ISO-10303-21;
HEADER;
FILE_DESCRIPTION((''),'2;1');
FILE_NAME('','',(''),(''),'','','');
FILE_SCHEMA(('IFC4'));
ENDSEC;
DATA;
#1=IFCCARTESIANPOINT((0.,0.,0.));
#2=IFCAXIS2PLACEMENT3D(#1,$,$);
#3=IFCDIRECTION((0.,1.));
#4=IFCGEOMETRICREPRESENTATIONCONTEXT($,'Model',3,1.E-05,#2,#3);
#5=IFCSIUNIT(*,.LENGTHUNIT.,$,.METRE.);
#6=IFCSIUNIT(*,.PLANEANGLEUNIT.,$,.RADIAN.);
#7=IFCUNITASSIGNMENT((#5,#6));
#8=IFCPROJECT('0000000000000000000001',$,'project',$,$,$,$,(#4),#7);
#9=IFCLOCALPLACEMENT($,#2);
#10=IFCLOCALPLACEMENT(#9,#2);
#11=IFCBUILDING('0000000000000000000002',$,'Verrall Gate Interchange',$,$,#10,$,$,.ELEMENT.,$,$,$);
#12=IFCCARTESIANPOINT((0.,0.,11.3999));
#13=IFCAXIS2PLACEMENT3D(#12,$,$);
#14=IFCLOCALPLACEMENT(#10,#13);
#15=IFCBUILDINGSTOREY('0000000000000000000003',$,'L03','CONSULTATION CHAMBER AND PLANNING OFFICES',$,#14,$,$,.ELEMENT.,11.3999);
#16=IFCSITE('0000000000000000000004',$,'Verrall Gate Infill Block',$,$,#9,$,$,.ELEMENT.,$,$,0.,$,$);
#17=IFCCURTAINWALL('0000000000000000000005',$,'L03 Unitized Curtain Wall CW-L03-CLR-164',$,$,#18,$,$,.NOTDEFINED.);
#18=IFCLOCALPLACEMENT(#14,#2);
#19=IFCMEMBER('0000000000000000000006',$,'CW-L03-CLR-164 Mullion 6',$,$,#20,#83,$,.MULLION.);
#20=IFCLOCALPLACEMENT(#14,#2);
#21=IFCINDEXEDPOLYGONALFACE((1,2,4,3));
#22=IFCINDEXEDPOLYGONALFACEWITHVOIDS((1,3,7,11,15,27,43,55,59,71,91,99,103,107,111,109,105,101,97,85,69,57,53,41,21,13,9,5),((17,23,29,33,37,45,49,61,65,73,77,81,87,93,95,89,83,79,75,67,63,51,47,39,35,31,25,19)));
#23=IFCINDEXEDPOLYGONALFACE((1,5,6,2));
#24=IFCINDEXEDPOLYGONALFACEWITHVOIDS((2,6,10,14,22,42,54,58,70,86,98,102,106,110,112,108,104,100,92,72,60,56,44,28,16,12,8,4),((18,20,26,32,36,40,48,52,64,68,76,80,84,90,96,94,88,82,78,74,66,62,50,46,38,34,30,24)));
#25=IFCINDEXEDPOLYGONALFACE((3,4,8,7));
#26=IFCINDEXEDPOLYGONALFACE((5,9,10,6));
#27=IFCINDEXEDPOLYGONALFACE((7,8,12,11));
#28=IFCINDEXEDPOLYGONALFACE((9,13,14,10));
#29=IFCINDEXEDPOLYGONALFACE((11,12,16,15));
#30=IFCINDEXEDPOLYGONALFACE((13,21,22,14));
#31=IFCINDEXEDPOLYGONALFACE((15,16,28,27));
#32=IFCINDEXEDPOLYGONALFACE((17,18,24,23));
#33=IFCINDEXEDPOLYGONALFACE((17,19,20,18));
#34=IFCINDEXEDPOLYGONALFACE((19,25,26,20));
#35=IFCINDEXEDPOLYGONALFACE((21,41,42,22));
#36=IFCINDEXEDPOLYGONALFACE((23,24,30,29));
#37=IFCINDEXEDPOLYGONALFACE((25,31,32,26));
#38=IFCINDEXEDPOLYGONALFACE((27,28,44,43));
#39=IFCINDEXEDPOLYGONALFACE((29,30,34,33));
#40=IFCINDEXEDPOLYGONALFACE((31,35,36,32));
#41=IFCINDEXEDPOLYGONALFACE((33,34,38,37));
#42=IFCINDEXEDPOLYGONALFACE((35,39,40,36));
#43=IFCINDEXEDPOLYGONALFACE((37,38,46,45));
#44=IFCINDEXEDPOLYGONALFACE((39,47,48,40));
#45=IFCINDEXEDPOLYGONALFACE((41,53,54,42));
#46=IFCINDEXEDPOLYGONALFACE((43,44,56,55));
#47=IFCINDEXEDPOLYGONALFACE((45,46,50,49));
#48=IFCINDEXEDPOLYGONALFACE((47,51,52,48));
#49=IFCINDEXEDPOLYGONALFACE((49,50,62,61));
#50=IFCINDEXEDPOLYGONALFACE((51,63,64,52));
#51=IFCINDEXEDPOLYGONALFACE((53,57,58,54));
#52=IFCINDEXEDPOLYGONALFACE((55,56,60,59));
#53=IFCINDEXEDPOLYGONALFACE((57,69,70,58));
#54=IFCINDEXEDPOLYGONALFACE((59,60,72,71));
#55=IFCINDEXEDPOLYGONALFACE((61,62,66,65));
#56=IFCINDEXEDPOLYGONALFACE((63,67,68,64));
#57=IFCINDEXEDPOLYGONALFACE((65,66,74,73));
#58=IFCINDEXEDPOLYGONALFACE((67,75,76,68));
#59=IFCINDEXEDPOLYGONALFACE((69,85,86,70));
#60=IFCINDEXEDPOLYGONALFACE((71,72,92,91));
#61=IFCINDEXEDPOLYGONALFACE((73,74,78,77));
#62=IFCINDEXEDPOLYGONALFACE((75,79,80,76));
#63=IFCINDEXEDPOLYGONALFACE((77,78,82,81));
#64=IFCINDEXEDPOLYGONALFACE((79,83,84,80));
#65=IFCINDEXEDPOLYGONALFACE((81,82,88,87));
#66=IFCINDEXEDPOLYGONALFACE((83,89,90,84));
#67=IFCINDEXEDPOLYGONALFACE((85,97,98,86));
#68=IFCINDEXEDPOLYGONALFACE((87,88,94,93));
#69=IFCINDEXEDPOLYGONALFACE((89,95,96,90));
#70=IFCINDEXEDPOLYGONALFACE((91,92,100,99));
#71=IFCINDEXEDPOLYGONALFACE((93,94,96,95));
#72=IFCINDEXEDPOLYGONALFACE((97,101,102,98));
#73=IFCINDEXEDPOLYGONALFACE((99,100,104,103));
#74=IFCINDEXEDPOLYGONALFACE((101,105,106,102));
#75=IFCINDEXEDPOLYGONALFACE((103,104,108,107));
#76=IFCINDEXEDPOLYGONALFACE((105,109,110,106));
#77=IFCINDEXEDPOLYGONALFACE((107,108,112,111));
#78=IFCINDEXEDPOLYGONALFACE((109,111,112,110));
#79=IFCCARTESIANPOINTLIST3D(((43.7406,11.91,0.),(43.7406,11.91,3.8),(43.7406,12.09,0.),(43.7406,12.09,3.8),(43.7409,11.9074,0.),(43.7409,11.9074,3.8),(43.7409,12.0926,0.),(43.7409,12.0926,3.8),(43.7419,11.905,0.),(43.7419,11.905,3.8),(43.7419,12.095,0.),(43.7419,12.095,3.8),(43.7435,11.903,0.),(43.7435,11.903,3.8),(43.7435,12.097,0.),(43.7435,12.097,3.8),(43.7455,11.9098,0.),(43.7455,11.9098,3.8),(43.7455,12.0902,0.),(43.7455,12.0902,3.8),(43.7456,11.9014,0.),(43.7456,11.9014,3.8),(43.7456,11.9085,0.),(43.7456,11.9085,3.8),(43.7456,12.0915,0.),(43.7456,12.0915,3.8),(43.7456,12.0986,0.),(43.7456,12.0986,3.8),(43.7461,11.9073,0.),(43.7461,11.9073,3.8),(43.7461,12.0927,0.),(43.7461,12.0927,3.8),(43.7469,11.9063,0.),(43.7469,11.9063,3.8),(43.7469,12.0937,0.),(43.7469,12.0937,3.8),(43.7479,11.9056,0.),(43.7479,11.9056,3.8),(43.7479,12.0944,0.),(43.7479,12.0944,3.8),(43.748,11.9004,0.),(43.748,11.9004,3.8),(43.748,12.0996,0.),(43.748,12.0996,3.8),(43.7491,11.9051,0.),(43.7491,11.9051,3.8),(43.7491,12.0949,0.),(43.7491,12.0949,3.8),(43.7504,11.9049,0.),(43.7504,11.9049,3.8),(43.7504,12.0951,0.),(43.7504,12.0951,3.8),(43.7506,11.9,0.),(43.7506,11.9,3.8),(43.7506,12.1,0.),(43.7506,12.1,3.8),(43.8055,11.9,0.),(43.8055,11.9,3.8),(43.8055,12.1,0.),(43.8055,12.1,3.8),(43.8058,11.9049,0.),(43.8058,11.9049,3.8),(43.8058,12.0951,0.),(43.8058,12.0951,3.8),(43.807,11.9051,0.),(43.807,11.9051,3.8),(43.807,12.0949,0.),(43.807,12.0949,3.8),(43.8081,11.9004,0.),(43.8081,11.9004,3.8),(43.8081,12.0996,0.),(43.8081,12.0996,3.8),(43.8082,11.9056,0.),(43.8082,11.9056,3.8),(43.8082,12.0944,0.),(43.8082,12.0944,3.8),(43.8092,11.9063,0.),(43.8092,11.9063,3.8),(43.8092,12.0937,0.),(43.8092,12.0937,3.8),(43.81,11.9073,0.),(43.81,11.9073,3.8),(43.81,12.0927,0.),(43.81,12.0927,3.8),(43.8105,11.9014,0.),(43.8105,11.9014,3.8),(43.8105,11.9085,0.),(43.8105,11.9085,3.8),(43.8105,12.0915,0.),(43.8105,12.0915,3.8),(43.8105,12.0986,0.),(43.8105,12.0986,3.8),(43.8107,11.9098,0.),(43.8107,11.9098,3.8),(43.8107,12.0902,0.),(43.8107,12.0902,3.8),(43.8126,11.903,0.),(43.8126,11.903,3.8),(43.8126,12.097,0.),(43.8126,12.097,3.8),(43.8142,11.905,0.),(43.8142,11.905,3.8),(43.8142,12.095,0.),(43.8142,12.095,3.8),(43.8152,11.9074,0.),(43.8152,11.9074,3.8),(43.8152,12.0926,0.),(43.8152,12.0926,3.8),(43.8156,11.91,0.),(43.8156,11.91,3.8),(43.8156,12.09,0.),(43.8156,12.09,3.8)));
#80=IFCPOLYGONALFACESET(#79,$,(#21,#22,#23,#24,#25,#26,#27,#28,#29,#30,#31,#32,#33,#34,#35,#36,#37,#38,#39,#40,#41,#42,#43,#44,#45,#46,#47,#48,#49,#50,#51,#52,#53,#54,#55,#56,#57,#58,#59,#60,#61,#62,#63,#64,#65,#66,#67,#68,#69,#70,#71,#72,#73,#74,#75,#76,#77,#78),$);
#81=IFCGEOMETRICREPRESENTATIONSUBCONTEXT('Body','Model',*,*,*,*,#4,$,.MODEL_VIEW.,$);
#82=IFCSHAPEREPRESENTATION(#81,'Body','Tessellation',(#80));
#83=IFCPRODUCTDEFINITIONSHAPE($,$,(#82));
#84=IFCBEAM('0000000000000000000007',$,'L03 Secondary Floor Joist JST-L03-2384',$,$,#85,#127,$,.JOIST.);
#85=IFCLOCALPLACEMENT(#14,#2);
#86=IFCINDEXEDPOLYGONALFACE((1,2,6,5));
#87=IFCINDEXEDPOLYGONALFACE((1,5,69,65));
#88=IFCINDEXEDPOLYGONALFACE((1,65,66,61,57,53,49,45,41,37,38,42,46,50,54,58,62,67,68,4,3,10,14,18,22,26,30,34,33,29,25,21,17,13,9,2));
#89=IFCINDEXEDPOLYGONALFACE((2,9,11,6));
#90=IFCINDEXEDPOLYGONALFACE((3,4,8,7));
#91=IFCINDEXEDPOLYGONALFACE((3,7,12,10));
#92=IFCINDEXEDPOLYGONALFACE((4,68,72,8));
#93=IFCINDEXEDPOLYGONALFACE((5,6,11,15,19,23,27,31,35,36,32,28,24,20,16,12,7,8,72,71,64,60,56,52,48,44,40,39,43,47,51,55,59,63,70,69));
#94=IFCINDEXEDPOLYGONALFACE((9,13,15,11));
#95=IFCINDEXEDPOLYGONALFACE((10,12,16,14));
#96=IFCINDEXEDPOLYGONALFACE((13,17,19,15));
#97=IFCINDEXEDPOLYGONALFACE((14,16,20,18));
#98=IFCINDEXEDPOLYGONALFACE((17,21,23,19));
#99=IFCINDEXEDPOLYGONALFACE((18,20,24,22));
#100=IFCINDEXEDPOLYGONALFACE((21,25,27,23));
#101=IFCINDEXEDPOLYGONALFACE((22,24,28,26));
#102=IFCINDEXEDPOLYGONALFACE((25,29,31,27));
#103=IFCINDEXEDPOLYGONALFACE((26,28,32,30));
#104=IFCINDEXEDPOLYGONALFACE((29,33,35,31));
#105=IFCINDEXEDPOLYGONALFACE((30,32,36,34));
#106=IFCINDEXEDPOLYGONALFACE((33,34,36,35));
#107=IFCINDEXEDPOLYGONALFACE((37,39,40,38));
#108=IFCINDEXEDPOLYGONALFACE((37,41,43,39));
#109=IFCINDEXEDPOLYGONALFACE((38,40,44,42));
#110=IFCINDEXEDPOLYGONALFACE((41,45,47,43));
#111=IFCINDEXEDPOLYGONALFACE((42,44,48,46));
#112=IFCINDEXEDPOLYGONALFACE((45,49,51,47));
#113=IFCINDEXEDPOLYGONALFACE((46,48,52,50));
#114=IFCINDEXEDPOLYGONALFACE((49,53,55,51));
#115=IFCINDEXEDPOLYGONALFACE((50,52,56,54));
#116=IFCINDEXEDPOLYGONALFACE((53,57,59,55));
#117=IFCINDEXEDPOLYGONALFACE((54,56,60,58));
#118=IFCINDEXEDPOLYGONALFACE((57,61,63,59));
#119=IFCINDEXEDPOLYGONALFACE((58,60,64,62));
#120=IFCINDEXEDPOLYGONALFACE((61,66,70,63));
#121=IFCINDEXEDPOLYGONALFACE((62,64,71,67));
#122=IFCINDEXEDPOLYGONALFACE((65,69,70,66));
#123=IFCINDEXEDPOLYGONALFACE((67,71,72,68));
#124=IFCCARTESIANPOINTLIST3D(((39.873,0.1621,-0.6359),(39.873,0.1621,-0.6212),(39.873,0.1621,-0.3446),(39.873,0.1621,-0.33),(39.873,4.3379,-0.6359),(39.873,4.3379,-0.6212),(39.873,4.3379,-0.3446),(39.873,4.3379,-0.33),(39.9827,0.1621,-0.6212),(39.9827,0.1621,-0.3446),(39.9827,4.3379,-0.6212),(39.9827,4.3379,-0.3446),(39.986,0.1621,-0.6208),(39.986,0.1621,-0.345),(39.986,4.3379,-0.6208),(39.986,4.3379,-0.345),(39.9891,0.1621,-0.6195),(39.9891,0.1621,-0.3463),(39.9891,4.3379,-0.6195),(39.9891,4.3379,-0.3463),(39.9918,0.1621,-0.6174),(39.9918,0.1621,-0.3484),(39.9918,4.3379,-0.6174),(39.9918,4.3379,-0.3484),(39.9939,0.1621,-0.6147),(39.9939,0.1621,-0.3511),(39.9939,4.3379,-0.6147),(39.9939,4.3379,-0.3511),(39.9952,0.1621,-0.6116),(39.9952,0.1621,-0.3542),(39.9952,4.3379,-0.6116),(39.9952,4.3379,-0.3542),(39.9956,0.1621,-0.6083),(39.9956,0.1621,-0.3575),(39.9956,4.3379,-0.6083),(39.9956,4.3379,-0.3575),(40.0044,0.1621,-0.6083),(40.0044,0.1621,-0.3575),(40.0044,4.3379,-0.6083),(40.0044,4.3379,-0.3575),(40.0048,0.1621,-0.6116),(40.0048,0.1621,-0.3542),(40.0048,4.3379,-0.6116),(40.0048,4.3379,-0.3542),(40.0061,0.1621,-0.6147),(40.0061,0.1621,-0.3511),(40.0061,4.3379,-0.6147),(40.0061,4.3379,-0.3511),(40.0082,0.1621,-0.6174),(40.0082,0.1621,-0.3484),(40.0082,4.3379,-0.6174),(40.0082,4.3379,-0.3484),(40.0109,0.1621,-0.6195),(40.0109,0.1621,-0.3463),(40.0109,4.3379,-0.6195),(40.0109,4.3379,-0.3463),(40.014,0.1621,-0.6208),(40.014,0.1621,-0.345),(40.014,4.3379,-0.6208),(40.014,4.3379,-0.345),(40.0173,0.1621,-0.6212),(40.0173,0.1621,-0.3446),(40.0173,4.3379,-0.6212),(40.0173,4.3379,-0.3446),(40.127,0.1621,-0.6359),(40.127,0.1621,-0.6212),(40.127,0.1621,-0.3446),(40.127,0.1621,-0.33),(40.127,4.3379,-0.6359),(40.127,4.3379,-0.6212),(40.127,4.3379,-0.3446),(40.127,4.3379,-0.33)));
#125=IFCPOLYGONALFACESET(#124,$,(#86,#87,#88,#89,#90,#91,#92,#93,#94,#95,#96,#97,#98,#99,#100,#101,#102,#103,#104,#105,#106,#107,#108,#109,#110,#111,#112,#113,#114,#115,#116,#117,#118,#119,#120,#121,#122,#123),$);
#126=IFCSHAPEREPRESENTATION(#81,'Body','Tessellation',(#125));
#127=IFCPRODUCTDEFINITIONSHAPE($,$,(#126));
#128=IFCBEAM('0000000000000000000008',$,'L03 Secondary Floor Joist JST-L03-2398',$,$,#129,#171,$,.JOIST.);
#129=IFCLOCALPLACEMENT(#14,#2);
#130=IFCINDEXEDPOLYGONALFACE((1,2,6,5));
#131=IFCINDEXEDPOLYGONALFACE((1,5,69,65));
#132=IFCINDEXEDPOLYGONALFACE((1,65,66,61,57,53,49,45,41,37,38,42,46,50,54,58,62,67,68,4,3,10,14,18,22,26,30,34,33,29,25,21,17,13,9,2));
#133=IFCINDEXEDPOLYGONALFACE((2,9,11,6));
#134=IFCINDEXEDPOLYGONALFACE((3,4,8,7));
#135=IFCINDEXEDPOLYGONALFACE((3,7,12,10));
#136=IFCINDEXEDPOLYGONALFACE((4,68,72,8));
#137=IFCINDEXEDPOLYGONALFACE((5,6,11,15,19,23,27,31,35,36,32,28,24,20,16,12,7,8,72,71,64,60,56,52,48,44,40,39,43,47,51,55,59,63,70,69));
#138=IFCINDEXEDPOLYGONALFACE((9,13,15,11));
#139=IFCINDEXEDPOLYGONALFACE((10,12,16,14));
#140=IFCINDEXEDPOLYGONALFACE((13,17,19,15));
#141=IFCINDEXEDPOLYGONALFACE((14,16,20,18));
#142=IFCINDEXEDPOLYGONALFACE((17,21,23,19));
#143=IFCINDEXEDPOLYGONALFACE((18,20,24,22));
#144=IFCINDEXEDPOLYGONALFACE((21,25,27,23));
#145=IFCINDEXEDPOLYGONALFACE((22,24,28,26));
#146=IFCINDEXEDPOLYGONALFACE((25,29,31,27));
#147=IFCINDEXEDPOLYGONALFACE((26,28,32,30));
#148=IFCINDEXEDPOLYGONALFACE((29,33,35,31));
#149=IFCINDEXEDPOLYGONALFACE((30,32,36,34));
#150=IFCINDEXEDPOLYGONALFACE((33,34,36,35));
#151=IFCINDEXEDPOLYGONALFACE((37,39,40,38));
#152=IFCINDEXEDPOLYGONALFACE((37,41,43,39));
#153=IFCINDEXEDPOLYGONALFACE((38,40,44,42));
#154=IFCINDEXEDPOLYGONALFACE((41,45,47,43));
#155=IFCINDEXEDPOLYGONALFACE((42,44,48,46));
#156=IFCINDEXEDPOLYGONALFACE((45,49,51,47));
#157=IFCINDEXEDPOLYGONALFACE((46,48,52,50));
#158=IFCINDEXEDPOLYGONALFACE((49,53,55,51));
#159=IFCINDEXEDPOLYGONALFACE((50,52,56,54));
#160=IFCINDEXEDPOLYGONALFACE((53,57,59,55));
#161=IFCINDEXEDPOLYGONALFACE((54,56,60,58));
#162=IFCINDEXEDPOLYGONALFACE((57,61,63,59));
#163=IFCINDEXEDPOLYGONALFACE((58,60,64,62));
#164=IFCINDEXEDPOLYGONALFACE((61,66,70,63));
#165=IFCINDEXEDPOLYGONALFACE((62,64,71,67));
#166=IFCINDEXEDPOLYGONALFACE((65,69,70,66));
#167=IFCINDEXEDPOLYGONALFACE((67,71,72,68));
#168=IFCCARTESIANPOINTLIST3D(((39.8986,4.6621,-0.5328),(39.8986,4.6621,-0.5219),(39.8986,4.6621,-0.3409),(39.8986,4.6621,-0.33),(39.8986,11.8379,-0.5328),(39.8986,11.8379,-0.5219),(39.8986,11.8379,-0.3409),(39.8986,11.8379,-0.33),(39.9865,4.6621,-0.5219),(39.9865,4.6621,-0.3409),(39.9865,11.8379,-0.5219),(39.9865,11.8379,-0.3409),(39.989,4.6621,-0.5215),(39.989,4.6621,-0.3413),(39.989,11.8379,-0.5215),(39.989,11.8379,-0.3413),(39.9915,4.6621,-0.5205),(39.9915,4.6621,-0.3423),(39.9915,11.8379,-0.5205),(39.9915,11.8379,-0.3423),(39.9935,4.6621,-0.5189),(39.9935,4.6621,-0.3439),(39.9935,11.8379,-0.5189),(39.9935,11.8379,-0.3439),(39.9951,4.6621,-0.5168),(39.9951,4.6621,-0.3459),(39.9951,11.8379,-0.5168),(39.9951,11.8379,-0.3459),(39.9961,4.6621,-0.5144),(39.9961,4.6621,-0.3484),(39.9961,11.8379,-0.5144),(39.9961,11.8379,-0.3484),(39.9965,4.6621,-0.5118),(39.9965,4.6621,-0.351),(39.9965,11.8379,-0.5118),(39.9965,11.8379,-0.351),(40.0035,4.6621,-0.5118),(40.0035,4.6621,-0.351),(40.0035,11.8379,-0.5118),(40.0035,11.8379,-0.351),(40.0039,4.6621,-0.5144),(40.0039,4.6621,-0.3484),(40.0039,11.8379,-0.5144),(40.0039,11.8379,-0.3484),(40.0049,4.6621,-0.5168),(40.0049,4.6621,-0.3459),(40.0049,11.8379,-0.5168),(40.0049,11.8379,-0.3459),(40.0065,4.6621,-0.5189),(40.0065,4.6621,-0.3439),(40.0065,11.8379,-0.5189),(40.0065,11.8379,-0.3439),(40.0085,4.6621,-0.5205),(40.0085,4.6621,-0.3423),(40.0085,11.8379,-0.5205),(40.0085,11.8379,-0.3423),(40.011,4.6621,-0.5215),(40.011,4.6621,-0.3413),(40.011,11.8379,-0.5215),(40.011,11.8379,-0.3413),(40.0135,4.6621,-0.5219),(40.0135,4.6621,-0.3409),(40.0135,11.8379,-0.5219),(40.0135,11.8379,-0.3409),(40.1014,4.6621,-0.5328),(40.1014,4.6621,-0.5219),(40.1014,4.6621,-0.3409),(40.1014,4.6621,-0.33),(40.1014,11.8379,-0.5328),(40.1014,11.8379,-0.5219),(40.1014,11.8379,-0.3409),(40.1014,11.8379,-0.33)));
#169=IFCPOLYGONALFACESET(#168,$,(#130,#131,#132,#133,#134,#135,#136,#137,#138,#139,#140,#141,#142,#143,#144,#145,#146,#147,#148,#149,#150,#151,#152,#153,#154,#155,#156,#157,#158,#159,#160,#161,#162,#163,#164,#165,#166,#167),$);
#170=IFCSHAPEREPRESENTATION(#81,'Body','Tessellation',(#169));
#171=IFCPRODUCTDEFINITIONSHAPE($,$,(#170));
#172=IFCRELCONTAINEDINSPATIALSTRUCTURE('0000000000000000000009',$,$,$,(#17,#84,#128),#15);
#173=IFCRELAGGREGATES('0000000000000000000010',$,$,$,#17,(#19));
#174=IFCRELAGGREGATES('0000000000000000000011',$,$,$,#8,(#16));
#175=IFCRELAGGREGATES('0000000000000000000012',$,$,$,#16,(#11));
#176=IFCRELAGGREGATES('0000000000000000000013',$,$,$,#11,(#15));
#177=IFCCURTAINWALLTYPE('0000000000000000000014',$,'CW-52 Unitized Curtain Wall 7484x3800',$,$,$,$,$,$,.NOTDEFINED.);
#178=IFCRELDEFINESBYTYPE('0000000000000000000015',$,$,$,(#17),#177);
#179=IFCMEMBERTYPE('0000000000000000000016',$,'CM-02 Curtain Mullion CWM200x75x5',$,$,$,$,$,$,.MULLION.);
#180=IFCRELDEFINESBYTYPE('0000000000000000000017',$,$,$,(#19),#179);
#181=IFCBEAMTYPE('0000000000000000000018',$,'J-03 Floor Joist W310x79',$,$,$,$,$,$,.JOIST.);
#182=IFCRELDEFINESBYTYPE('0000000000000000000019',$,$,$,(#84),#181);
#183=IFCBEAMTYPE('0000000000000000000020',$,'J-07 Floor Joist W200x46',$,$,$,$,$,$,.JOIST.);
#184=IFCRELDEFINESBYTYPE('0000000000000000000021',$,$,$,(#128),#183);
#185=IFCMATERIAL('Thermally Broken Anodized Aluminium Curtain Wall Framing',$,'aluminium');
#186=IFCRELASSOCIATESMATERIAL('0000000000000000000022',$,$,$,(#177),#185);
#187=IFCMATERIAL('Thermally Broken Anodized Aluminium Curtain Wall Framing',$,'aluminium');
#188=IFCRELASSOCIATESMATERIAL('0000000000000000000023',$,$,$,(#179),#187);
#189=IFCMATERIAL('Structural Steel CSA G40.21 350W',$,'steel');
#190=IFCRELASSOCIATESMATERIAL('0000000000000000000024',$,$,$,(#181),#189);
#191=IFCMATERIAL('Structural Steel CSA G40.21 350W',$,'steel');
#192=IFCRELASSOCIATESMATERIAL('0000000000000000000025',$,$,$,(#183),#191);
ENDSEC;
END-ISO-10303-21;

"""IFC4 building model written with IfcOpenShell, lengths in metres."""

from ifc_helpers import new_model, si_unit, direction, frame, origin, origin_2d, place, context, subcontext, project, spatial, hollow_rectangle, i_section, extrude, material, material_profile, profile_set, type_object, element, aggregate, save


model = new_model("IFC4")

# Units and contexts
model_context = context("Model", 3, precision=1e-05, world=origin(), true_north=direction((0.0, 1.0)))
body_context = subcontext(model_context, "Body", "Model", "MODEL_VIEW")
ifc_project = project(units=[si_unit("LENGTHUNIT", "METRE"), si_unit("PLANEANGLEUNIT", "RADIAN")], contexts=[model_context])

# Site, building, storey
site_placement = place(None, origin())
site = spatial("IfcSite", under=ifc_project, at=site_placement, Name="Verrall Gate Infill Block", CompositionType="ELEMENT", RefElevation=0.0)
building_placement = place(site_placement, origin())
building = spatial("IfcBuilding", under=site, at=building_placement, Name="Verrall Gate Interchange", CompositionType="ELEMENT")
storey_placement = place(building_placement, frame((0.0, 0.0, 11.3999)))
storey = spatial("IfcBuildingStorey", under=building, at=storey_placement, Name="L03", Description="CONSULTATION CHAMBER AND PLANNING OFFICES", CompositionType="ELEMENT", Elevation=11.3999)

# Curtain wall, member
ifc_material_1 = material(Name="Thermally Broken Anodized Aluminium Curtain Wall Framing", Category="aluminium")
curtain_wall_type = type_object("IfcCurtainWallType", Name="CW-52 Unitized Curtain Wall 7484x3800", PredefinedType="NOTDEFINED", material=ifc_material_1)
curtain_wall_placement = place(storey_placement, origin())
curtain_wall = element("IfcCurtainWall", 1, at=curtain_wall_placement, inside=storey, type_object=curtain_wall_type, Name="L03 Unitized Curtain Wall CW-L03-CLR-164", PredefinedType="NOTDEFINED")
ifc_material_2 = material(Name="Thermally Broken Anodized Aluminium Curtain Wall Framing", Category="aluminium")
ifc_material_profile_1 = material_profile(ifc_material_2, hollow_rectangle(XDim=0.075, YDim=0.2, WallThickness=0.0049, InnerFilletRadius=0.0049, OuterFilletRadius=0.01, at=origin_2d()), Name="CWM200x75x5")
ifc_profile_set_1 = profile_set([ifc_material_profile_1], Name="Thermally Broken Anodized Aluminium Curtain Wall Framing")
member_type_1 = type_object("IfcMemberType", Name="CM-02 Curtain Mullion CWM200x75x5", PredefinedType="MULLION", material=ifc_profile_set_1)
member_1_placement = place(storey_placement, frame((43.7781, 12.0, 0.0), z_axis=(0.0, 0.0, 1.0), x_axis=(1.0, 0.0, 0.0)))
member_1 = element("IfcMember", 2, at=member_1_placement, type_object=member_type_1, Name="CW-L03-CLR-164 Mullion 6", PredefinedType="MULLION", context=body_context, shape_type="SweptSolid", body=[
    extrude(hollow_rectangle(XDim=0.075, YDim=0.2, WallThickness=0.0049, InnerFilletRadius=0.0049, OuterFilletRadius=0.01, at=origin_2d()), origin(), (0.0, 0.0, 1.0), 3.8),
])

# Beams
ifc_material_3 = material(Name="Structural Steel CSA G40.21 350W", Category="steel")
ifc_material_profile_2 = material_profile(ifc_material_3, i_section(OverallWidth=0.2539, OverallDepth=0.3059, WebThickness=0.0088, FlangeThickness=0.0146, FilletRadius=0.0129, at=origin_2d()), Name="W310x79")
ifc_profile_set_2 = profile_set([ifc_material_profile_2], Name="Structural Steel CSA G40.21 350W")
beam_type_1 = type_object("IfcBeamType", Name="J-03 Floor Joist W310x79", PredefinedType="JOIST", material=ifc_profile_set_2)
beam_1_placement = place(storey_placement, frame((40.0, 0.1621, -0.4829), z_axis=(0.0, 1.0, 0.0), x_axis=(-1.0, 0.0, 0.0)))
element("IfcBeam", 3, at=beam_1_placement, inside=storey, type_object=beam_type_1, Name="L03 Secondary Floor Joist JST-L03-2384", PredefinedType="JOIST", context=body_context, shape_type="SweptSolid", body=[
    extrude(i_section(OverallWidth=0.2539, OverallDepth=0.3059, WebThickness=0.0088, FlangeThickness=0.0146, FilletRadius=0.0129, at=origin_2d()), origin(), (0.0, 0.0, 1.0), 4.1758),
])
ifc_material_4 = material(Name="Structural Steel CSA G40.21 350W", Category="steel")
ifc_material_profile_3 = material_profile(ifc_material_4, i_section(OverallWidth=0.2029, OverallDepth=0.2029, WebThickness=0.0071, FlangeThickness=0.011, FilletRadius=0.01, at=origin_2d()), Name="W200x46")
ifc_profile_set_3 = profile_set([ifc_material_profile_3], Name="Structural Steel CSA G40.21 350W")
beam_type_2 = type_object("IfcBeamType", Name="J-07 Floor Joist W200x46", PredefinedType="JOIST", material=ifc_profile_set_3)
beam_2_placement = place(storey_placement, frame((40.0, 4.6621, -0.4314), z_axis=(0.0, 1.0, 0.0), x_axis=(-1.0, 0.0, 0.0)))
element("IfcBeam", 4, at=beam_2_placement, inside=storey, type_object=beam_type_2, Name="L03 Secondary Floor Joist JST-L03-2398", PredefinedType="JOIST", context=body_context, shape_type="SweptSolid", body=[
    extrude(i_section(OverallWidth=0.2029, OverallDepth=0.2029, WebThickness=0.0071, FlangeThickness=0.011, FilletRadius=0.01, at=origin_2d()), origin(), (0.0, 0.0, 1.0), 7.1758),
])

aggregate(curtain_wall, [member_1])

save(model, "model.ifc")
